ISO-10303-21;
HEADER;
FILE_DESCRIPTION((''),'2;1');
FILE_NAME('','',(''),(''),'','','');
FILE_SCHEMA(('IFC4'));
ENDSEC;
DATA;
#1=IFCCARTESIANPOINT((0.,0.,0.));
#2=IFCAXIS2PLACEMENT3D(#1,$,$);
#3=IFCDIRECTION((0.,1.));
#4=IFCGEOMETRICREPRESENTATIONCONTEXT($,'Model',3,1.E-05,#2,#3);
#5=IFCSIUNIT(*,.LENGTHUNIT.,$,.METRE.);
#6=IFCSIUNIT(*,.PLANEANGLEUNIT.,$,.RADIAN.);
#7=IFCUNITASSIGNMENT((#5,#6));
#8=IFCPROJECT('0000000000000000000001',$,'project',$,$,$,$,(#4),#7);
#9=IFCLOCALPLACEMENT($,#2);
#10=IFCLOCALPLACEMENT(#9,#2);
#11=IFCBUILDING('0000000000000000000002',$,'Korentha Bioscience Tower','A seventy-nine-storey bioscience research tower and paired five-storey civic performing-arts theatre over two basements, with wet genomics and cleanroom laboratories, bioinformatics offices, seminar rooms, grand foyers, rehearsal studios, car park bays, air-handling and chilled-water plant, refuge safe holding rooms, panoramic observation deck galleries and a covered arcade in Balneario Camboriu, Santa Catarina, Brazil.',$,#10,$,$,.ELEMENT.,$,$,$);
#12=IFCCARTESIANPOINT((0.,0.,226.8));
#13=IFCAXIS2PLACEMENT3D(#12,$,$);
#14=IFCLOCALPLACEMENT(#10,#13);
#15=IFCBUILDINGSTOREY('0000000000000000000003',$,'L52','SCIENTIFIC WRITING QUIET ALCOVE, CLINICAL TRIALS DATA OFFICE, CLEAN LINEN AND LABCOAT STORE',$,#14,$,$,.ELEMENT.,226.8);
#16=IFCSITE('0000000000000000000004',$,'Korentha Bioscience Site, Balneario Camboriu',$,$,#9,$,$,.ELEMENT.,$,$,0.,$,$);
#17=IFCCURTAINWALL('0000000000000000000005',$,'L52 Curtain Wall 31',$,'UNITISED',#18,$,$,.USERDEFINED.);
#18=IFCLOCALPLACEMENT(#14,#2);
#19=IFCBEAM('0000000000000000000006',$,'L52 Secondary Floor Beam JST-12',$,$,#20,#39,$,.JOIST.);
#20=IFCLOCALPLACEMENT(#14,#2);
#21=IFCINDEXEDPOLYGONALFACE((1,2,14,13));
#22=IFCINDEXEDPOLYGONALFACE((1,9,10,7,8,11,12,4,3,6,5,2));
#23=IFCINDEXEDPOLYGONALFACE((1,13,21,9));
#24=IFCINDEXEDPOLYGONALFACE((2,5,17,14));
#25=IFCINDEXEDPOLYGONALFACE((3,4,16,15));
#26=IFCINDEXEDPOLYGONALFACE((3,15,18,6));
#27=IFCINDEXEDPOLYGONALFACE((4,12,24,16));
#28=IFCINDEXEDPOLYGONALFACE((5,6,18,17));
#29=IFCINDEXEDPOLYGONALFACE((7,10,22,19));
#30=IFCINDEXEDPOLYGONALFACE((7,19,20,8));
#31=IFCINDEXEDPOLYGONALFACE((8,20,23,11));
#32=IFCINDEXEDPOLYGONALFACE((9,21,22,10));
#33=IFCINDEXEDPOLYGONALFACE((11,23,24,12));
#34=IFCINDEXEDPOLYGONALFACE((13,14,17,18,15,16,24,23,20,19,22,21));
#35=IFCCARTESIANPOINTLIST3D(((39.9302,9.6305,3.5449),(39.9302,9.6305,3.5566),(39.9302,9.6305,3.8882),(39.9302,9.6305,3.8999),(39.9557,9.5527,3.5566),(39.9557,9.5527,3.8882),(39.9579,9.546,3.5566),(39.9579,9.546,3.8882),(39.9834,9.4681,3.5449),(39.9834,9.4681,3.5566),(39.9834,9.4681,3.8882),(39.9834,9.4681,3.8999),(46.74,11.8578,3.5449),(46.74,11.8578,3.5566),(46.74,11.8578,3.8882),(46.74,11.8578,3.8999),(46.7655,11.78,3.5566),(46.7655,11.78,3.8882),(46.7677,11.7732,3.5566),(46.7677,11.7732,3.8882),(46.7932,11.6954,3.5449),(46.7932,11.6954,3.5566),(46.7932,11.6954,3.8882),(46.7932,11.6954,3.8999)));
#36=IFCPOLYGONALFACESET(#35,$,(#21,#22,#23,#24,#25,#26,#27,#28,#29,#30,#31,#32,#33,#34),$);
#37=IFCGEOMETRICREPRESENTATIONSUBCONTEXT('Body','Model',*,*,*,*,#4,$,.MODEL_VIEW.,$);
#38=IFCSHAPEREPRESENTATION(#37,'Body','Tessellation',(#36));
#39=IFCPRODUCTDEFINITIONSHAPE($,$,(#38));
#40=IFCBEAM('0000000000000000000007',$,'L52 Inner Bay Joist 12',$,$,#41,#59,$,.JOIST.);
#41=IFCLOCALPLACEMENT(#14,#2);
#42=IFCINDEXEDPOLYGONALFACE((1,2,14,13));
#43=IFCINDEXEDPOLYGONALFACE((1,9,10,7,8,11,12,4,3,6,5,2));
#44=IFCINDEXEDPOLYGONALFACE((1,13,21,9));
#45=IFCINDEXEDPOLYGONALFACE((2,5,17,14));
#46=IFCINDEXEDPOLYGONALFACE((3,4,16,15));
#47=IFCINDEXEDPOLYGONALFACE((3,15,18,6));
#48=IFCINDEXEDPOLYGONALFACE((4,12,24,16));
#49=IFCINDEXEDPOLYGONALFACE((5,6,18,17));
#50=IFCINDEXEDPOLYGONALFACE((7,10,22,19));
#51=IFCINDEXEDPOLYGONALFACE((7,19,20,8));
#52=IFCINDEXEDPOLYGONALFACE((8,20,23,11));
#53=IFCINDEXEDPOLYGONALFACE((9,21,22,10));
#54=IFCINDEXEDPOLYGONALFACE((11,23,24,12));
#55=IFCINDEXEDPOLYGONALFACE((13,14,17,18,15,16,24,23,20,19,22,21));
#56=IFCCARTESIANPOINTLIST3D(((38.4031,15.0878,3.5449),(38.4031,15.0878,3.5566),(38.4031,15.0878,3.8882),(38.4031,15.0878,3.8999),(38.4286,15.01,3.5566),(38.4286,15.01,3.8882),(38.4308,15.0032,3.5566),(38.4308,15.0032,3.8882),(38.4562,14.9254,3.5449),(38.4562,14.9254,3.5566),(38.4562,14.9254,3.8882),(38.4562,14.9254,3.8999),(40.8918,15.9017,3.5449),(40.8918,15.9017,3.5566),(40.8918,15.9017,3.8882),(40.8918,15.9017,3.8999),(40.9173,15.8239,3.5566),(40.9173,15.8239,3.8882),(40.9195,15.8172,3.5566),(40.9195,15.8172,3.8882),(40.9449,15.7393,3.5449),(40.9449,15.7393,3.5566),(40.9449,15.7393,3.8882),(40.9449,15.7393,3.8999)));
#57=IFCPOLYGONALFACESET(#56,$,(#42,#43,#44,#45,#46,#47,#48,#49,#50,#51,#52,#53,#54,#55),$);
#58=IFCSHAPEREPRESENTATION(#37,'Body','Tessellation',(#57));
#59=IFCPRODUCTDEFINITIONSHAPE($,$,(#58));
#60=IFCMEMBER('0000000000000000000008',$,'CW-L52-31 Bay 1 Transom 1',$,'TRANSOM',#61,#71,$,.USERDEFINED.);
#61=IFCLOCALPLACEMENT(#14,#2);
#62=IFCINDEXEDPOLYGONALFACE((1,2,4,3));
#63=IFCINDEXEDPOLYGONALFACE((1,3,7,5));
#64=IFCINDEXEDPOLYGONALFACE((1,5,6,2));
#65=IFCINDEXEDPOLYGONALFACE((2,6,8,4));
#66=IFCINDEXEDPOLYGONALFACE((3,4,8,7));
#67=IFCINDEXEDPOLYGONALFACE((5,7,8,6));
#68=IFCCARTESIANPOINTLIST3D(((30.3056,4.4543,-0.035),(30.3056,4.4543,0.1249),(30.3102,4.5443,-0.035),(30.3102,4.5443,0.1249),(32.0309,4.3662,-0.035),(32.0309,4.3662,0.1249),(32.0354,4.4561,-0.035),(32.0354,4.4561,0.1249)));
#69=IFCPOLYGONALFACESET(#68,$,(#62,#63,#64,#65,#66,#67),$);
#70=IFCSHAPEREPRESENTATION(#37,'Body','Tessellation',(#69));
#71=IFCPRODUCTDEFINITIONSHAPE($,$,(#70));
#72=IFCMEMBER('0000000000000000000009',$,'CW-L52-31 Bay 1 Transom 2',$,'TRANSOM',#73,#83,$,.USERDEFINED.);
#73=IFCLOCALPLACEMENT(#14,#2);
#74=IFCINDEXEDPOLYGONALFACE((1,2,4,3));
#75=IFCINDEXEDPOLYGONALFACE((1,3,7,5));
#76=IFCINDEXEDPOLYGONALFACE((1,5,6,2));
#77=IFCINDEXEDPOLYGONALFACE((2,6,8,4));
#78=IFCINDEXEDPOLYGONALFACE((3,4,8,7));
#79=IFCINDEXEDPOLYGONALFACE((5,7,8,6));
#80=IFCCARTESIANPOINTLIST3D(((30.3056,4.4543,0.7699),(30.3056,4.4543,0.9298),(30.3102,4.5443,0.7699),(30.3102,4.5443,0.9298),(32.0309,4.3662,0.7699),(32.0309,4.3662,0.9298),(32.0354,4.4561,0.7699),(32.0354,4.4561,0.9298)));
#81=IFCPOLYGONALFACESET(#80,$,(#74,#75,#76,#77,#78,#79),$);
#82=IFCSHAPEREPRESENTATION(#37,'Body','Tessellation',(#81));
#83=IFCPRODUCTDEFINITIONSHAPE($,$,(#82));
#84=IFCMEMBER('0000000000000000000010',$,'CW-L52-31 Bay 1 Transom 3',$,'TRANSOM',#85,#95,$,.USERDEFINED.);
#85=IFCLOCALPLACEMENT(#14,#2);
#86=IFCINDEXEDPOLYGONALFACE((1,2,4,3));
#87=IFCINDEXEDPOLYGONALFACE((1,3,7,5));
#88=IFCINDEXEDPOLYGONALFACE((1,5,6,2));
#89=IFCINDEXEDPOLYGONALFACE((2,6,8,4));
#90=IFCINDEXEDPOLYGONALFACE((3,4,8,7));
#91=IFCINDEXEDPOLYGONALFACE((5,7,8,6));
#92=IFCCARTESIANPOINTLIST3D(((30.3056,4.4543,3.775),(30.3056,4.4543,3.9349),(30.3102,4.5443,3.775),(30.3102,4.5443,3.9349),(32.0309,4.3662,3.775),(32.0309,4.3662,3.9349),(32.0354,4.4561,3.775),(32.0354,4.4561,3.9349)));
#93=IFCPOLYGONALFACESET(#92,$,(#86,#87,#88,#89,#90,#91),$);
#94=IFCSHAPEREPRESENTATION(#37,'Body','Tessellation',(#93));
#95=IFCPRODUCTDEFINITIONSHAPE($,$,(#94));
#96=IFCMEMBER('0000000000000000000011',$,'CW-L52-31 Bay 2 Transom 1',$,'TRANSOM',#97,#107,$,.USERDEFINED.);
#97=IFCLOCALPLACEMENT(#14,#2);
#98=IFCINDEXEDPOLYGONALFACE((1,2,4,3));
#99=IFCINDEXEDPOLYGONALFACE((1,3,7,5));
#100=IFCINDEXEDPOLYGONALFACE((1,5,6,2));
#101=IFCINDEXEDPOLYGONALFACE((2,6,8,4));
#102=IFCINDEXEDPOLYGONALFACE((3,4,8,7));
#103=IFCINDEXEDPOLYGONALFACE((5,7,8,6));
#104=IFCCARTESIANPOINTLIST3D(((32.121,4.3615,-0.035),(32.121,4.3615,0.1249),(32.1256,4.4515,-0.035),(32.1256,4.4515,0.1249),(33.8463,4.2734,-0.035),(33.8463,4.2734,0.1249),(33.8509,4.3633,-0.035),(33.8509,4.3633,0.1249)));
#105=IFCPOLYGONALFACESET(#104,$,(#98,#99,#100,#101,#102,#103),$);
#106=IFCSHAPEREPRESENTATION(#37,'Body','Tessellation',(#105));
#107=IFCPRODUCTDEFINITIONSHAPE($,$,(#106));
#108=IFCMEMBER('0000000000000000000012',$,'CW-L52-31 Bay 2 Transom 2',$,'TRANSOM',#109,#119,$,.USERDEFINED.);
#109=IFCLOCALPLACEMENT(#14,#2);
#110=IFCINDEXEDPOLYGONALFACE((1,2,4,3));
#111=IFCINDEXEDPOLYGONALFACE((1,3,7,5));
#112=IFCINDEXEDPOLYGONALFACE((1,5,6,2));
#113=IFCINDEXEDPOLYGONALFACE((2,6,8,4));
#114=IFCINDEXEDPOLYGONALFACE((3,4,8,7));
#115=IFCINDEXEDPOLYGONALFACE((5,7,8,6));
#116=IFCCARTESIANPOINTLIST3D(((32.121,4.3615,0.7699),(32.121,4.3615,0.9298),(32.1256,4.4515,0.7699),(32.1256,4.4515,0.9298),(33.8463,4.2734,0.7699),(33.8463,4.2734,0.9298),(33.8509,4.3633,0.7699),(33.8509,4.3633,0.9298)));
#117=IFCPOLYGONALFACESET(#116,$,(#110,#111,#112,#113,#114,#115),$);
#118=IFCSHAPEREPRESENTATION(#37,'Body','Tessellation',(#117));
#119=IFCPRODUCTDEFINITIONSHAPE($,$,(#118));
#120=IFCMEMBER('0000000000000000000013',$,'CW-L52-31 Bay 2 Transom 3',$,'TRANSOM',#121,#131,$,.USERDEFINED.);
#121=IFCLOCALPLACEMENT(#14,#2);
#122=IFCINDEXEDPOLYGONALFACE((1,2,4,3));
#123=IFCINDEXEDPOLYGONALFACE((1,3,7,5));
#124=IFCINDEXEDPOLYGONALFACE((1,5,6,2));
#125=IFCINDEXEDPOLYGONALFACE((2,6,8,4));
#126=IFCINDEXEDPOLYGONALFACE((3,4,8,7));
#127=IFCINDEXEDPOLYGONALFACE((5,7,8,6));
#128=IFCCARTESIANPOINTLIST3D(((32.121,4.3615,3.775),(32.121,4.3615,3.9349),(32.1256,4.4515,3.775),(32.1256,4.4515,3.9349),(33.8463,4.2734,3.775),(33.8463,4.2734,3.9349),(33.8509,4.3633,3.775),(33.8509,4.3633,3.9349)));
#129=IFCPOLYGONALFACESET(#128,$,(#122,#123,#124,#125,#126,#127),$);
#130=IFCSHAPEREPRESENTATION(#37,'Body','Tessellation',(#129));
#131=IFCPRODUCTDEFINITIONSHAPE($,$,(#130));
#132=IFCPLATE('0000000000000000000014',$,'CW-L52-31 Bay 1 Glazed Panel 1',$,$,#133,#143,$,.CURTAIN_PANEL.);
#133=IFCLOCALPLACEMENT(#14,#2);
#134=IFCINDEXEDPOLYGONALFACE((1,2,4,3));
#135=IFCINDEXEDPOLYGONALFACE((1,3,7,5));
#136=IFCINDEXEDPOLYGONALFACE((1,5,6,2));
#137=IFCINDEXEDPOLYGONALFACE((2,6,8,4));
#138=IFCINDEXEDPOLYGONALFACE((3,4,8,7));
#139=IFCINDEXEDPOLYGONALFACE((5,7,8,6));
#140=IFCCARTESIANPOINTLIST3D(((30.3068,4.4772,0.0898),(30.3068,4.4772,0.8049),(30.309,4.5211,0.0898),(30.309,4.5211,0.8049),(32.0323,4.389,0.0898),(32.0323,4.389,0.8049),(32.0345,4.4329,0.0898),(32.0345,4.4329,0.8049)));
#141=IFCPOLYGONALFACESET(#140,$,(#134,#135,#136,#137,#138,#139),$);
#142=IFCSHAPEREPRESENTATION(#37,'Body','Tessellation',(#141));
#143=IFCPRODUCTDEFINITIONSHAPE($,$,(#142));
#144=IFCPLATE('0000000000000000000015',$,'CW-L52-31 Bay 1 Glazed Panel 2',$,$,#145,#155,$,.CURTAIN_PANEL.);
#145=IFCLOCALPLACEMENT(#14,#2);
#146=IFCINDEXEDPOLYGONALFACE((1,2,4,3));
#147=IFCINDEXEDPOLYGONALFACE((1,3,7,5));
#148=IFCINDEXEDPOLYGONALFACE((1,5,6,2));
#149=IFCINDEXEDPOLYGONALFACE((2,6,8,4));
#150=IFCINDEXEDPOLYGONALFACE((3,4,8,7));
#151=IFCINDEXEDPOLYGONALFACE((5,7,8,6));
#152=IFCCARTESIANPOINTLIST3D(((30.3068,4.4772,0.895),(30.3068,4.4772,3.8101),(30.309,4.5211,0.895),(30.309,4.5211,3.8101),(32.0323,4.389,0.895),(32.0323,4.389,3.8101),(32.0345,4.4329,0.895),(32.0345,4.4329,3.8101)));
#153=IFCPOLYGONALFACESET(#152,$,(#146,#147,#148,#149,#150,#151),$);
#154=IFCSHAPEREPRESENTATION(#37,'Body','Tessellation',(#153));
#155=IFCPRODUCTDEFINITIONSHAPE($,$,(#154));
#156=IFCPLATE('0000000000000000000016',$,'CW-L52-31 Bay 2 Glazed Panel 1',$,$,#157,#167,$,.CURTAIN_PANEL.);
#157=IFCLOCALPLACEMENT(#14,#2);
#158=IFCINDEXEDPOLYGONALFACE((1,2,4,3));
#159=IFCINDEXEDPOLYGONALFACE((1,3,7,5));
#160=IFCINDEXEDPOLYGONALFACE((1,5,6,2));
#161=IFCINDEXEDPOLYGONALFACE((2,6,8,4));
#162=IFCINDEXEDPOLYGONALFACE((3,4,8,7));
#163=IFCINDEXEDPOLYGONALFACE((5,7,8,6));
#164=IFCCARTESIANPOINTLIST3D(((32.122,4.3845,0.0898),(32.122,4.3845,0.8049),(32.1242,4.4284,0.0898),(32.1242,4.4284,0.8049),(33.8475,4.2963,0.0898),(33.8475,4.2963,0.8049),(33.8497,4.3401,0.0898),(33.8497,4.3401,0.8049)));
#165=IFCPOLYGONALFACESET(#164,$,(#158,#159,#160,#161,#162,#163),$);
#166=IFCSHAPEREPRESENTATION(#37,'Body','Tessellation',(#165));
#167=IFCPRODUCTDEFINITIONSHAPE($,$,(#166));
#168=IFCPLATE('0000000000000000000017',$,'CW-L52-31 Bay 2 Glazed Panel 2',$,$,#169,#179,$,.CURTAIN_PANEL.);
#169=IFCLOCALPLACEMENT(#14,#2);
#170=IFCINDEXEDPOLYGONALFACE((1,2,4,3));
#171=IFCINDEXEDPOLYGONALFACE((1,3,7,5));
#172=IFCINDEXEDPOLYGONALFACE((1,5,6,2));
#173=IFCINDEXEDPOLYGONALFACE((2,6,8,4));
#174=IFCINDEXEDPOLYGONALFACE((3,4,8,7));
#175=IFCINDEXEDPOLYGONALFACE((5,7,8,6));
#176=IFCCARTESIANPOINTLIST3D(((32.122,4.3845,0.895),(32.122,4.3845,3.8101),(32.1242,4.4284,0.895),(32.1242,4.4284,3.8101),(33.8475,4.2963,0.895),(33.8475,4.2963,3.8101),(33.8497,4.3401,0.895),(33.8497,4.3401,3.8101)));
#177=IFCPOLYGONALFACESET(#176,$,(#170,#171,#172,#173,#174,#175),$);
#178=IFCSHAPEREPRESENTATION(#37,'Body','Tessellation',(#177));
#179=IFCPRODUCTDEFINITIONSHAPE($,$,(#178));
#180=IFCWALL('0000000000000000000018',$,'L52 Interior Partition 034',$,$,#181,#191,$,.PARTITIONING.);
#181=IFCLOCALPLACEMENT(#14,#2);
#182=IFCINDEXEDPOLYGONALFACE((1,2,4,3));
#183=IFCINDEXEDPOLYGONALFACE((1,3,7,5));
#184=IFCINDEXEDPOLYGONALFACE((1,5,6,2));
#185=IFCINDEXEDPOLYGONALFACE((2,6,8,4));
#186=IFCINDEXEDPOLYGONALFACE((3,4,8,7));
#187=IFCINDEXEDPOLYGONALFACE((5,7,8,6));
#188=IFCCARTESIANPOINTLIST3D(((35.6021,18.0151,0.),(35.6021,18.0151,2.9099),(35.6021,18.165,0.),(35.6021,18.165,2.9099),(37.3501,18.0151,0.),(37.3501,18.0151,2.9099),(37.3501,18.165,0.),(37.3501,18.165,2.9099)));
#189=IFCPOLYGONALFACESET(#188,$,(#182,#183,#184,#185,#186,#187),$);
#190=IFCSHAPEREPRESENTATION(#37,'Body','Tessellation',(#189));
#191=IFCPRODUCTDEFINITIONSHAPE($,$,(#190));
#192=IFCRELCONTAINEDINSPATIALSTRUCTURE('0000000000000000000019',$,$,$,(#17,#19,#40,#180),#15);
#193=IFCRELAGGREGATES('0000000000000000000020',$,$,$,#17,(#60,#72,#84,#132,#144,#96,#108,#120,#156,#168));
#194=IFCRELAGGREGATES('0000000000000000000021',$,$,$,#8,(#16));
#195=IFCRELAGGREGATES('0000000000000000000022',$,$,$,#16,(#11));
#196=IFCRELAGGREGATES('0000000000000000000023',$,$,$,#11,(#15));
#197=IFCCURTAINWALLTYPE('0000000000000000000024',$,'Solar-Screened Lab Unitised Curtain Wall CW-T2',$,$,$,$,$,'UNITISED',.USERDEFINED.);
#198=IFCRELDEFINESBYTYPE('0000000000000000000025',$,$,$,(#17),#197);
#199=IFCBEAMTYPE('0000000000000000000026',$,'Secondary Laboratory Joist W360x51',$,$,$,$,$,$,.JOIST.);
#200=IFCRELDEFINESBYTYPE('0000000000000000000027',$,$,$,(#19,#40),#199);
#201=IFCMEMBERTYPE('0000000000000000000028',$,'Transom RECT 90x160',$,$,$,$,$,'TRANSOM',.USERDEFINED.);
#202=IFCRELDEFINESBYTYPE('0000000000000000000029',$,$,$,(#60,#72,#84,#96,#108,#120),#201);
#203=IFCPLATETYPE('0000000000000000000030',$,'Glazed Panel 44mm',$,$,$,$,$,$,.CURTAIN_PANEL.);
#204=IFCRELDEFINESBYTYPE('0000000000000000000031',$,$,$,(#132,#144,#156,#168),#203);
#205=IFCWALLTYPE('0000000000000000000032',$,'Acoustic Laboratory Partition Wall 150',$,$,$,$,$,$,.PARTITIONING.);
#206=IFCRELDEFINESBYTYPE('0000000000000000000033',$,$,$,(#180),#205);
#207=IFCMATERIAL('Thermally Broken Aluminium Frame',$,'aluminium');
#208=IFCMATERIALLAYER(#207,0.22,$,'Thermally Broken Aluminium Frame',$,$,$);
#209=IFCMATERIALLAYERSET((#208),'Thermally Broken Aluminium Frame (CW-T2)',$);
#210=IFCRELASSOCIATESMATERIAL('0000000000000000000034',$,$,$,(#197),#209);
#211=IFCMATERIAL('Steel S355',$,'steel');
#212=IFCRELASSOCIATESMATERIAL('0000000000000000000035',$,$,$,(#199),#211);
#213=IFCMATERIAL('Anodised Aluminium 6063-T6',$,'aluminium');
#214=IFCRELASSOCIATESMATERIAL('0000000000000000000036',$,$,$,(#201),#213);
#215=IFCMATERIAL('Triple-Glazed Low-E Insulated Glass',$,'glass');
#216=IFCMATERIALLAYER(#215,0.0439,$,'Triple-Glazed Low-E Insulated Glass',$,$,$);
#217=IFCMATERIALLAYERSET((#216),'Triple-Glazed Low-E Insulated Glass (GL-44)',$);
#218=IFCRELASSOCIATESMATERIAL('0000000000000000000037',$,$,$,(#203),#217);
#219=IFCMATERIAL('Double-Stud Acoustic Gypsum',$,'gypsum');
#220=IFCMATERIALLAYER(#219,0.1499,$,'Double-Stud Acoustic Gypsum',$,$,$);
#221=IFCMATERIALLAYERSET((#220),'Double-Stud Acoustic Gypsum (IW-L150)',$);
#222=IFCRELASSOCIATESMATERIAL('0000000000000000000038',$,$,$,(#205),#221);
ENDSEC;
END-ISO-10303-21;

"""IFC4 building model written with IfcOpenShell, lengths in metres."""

from ifc_helpers import new_model, si_unit, direction, frame, frame_2d, origin, origin_2d, place, context, subcontext, project, spatial, rectangle, i_section, extrude, material, layer, layer_set, material_profile, profile_set, type_object, element, aggregate, save


model = new_model("IFC4")

# Units and contexts
model_context = context("Model", 3, precision=1e-05, world=origin(), true_north=direction((0.0, 1.0)))
body_context = subcontext(model_context, "Body", "Model", "MODEL_VIEW")
ifc_project = project(units=[si_unit("LENGTHUNIT", "METRE"), si_unit("PLANEANGLEUNIT", "RADIAN")], contexts=[model_context])

# Site, building, storey
site_placement = place(None, origin())
site = spatial("IfcSite", under=ifc_project, at=site_placement, Name="Korentha Bioscience Site, Balneario Camboriu", CompositionType="ELEMENT", RefElevation=0.0)
building_placement = place(site_placement, origin())
building = spatial("IfcBuilding", under=site, at=building_placement, Name="Korentha Bioscience Tower", Description="A seventy-nine-storey bioscience research tower and paired five-storey civic performing-arts theatre over two basements, with wet genomics and cleanroom laboratories, bioinformatics offices, seminar rooms, grand foyers, rehearsal studios, car park bays, air-handling and chilled-water plant, refuge safe holding rooms, panoramic observation deck galleries and a covered arcade in Balneario Camboriu, Santa Catarina, Brazil.", CompositionType="ELEMENT")
storey_placement = place(building_placement, frame((0.0, 0.0, 226.8)))
storey = spatial("IfcBuildingStorey", under=building, at=storey_placement, Name="L52", Description="SCIENTIFIC WRITING QUIET ALCOVE, CLINICAL TRIALS DATA OFFICE, CLEAN LINEN AND LABCOAT STORE", CompositionType="ELEMENT", Elevation=226.8)

# Shared definitions
ifc_material_1 = material(Name="Steel S355", Category="steel")

# Curtain wall
ifc_material_2 = material(Name="Thermally Broken Aluminium Frame", Category="aluminium")
ifc_layer_1 = layer(ifc_material_2, 0.22, Name="Thermally Broken Aluminium Frame")
ifc_layer_set_1 = layer_set([ifc_layer_1], Name="Thermally Broken Aluminium Frame (CW-T2)")
curtain_wall_type = type_object("IfcCurtainWallType", Name="Solar-Screened Lab Unitised Curtain Wall CW-T2", ElementType="UNITISED", PredefinedType="USERDEFINED", material=ifc_layer_set_1)
curtain_wall_placement = place(storey_placement, origin())
curtain_wall = element("IfcCurtainWall", 1, at=curtain_wall_placement, inside=storey, type_object=curtain_wall_type, Name="L52 Curtain Wall 31", ObjectType="UNITISED", PredefinedType="USERDEFINED")
ifc_material_3 = material(Name="Anodised Aluminium 6063-T6", Category="aluminium")

# Beams
ifc_material_profile_1 = material_profile(ifc_material_1, i_section(OverallWidth=0.1709, OverallDepth=0.355, WebThickness=0.0071, FlangeThickness=0.0117, at=origin_2d()), Name="Steel S355")
ifc_profile_set_1 = profile_set([ifc_material_profile_1], Name="Steel S355 (JB-360)")
beam_type_1 = type_object("IfcBeamType", Name="Secondary Laboratory Joist W360x51", PredefinedType="JOIST", material=ifc_profile_set_1)
beam_1_placement = place(storey_placement, frame((39.9568, 9.5493, 3.7224), z_axis=(0.950454, 0.310866, 0.0), x_axis=(-0.310866, 0.950454, 0.0)))
element("IfcBeam", 2, at=beam_1_placement, inside=storey, type_object=beam_type_1, Name="L52 Secondary Floor Beam JST-12", PredefinedType="JOIST", context=body_context, shape_type="SweptSolid", body=[
    extrude(i_section(OverallWidth=0.1709, OverallDepth=0.355, WebThickness=0.0071, FlangeThickness=0.0117, at=origin_2d()), origin(), (0.0, 0.0, 1.0), 7.1648),
])
beam_2_placement = place(storey_placement, frame((38.4297, 15.0066, 3.7224), z_axis=(0.950458, 0.310852, 0.0), x_axis=(-0.310852, 0.950458, 0.0)))
element("IfcBeam", 3, at=beam_2_placement, inside=storey, type_object=beam_type_1, Name="L52 Inner Bay Joist 12", PredefinedType="JOIST", context=body_context, shape_type="SweptSolid", body=[
    extrude(i_section(OverallWidth=0.1709, OverallDepth=0.355, WebThickness=0.0071, FlangeThickness=0.0117, at=origin_2d()), origin(), (0.0, 0.0, 1.0), 2.6184),
])

# Members
ifc_material_profile_2 = material_profile(ifc_material_3, rectangle(XDim=0.0901, YDim=0.1599, at=origin_2d()), Name="Anodised Aluminium 6063-T6")
ifc_profile_set_2 = profile_set([ifc_material_profile_2], Name="Anodised Aluminium 6063-T6 (CW-TRN)")
member_type_1 = type_object("IfcMemberType", Name="Transom RECT 90x160", ElementType="TRANSOM", PredefinedType="USERDEFINED", material=ifc_profile_set_2)
member_1_placement = place(storey_placement, frame((30.3079, 4.4993, 0.0449), z_axis=(0.998698, -0.051016, 0.0), x_axis=(0.051016, 0.998698, 0.0)))
member_1 = element("IfcMember", 4, at=member_1_placement, type_object=member_type_1, Name="CW-L52-31 Bay 1 Transom 1", ObjectType="TRANSOM", PredefinedType="USERDEFINED", context=body_context, shape_type="SweptSolid", body=[
    extrude(rectangle(XDim=0.0901, YDim=0.1599, at=origin_2d()), origin(), (0.0, 0.0, 1.0), 1.7275),
])
member_2_placement = place(storey_placement, frame((30.3079, 4.4993, 0.8499), z_axis=(0.998698, -0.051016, 0.0), x_axis=(0.051016, 0.998698, 0.0)))
member_2 = element("IfcMember", 5, at=member_2_placement, type_object=member_type_1, Name="CW-L52-31 Bay 1 Transom 2", ObjectType="TRANSOM", PredefinedType="USERDEFINED", context=body_context, shape_type="SweptSolid", body=[
    extrude(rectangle(XDim=0.0901, YDim=0.1599, at=origin_2d()), origin(), (0.0, 0.0, 1.0), 1.7275),
])
member_3_placement = place(storey_placement, frame((30.3079, 4.4993, 3.855), z_axis=(0.998698, -0.051016, 0.0), x_axis=(0.051016, 0.998698, 0.0)))
member_3 = element("IfcMember", 6, at=member_3_placement, type_object=member_type_1, Name="CW-L52-31 Bay 1 Transom 3", ObjectType="TRANSOM", PredefinedType="USERDEFINED", context=body_context, shape_type="SweptSolid", body=[
    extrude(rectangle(XDim=0.0901, YDim=0.1599, at=origin_2d()), origin(), (0.0, 0.0, 1.0), 1.7275),
])
member_4_placement = place(storey_placement, frame((32.1233, 4.4065, 0.0449), z_axis=(0.998698, -0.051016, 0.0), x_axis=(0.051016, 0.998698, 0.0)))
member_4 = element("IfcMember", 7, at=member_4_placement, type_object=member_type_1, Name="CW-L52-31 Bay 2 Transom 1", ObjectType="TRANSOM", PredefinedType="USERDEFINED", context=body_context, shape_type="SweptSolid", body=[
    extrude(rectangle(XDim=0.0901, YDim=0.1599, at=origin_2d()), origin(), (0.0, 0.0, 1.0), 1.7275),
])
member_5_placement = place(storey_placement, frame((32.1233, 4.4065, 0.8499), z_axis=(0.998698, -0.051016, 0.0), x_axis=(0.051016, 0.998698, 0.0)))
member_5 = element("IfcMember", 8, at=member_5_placement, type_object=member_type_1, Name="CW-L52-31 Bay 2 Transom 2", ObjectType="TRANSOM", PredefinedType="USERDEFINED", context=body_context, shape_type="SweptSolid", body=[
    extrude(rectangle(XDim=0.0901, YDim=0.1599, at=origin_2d()), origin(), (0.0, 0.0, 1.0), 1.7275),
])
member_6_placement = place(storey_placement, frame((32.1233, 4.4065, 3.855), z_axis=(0.998698, -0.051016, 0.0), x_axis=(0.051016, 0.998698, 0.0)))
member_6 = element("IfcMember", 9, at=member_6_placement, type_object=member_type_1, Name="CW-L52-31 Bay 2 Transom 3", ObjectType="TRANSOM", PredefinedType="USERDEFINED", context=body_context, shape_type="SweptSolid", body=[
    extrude(rectangle(XDim=0.0901, YDim=0.1599, at=origin_2d()), origin(), (0.0, 0.0, 1.0), 1.7275),
])

# Plates
ifc_material_4 = material(Name="Triple-Glazed Low-E Insulated Glass", Category="glass")
ifc_layer_2 = layer(ifc_material_4, 0.0439, Name="Triple-Glazed Low-E Insulated Glass")
ifc_layer_set_2 = layer_set([ifc_layer_2], Name="Triple-Glazed Low-E Insulated Glass (GL-44)")
plate_type = type_object("IfcPlateType", Name="Glazed Panel 44mm", PredefinedType="CURTAIN_PANEL", material=ifc_layer_set_2)
plate_1_placement = place(storey_placement, frame((31.1707, 4.4551, 0.0898), z_axis=(0.0, 0.0, 1.0), x_axis=(0.998696, -0.051055, 0.0)))
plate_1 = element("IfcPlate", 10, at=plate_1_placement, type_object=plate_type, Name="CW-L52-31 Bay 1 Glazed Panel 1", PredefinedType="CURTAIN_PANEL", context=body_context, shape_type="SweptSolid", body=[
    extrude(rectangle(XDim=1.7278, YDim=0.0439, at=origin_2d()), origin(), (0.0, 0.0, 1.0), 0.7151),
])
plate_2_placement = place(storey_placement, frame((31.1707, 4.4551, 0.895), z_axis=(0.0, 0.0, 1.0), x_axis=(0.998696, -0.051055, 0.0)))
plate_2 = element("IfcPlate", 11, at=plate_2_placement, type_object=plate_type, Name="CW-L52-31 Bay 1 Glazed Panel 2", PredefinedType="CURTAIN_PANEL", context=body_context, shape_type="SweptSolid", body=[
    extrude(rectangle(XDim=1.7278, YDim=0.0439, at=origin_2d()), origin(), (0.0, 0.0, 1.0), 2.915),
])
plate_3_placement = place(storey_placement, frame((32.9858, 4.3623, 0.0898), z_axis=(0.0, 0.0, 1.0), x_axis=(0.998696, -0.051055, 0.0)))
plate_3 = element("IfcPlate", 12, at=plate_3_placement, type_object=plate_type, Name="CW-L52-31 Bay 2 Glazed Panel 1", PredefinedType="CURTAIN_PANEL", context=body_context, shape_type="SweptSolid", body=[
    extrude(rectangle(XDim=1.7278, YDim=0.0439, at=origin_2d()), origin(), (0.0, 0.0, 1.0), 0.7151),
])
plate_4_placement = place(storey_placement, frame((32.9858, 4.3623, 0.895), z_axis=(0.0, 0.0, 1.0), x_axis=(0.998696, -0.051055, 0.0)))
plate_4 = element("IfcPlate", 13, at=plate_4_placement, type_object=plate_type, Name="CW-L52-31 Bay 2 Glazed Panel 2", PredefinedType="CURTAIN_PANEL", context=body_context, shape_type="SweptSolid", body=[
    extrude(rectangle(XDim=1.7278, YDim=0.0439, at=origin_2d()), origin(), (0.0, 0.0, 1.0), 2.915),
])
aggregate(curtain_wall, [member_1, member_2, member_3, plate_1, plate_2, member_4, member_5, member_6, plate_3, plate_4])

# Wall
ifc_material_5 = material(Name="Double-Stud Acoustic Gypsum", Category="gypsum")
ifc_layer_3 = layer(ifc_material_5, 0.1499, Name="Double-Stud Acoustic Gypsum")
ifc_layer_set_3 = layer_set([ifc_layer_3], Name="Double-Stud Acoustic Gypsum (IW-L150)")
wall_type_1 = type_object("IfcWallType", Name="Acoustic Laboratory Partition Wall 150", PredefinedType="PARTITIONING", material=ifc_layer_set_3)
wall_1_placement = place(storey_placement, frame((35.6021, 18.0901, 0.0), z_axis=(0.0, 0.0, 1.0), x_axis=(1.0, 0.0, 0.0)))
element("IfcWall", 14, at=wall_1_placement, inside=storey, type_object=wall_type_1, Name="L52 Interior Partition 034", PredefinedType="PARTITIONING", context=body_context, shape_type="SweptSolid", body=[
    extrude(rectangle(XDim=1.748, YDim=0.1499, at=frame_2d((0.874, 0.0))), origin(), (0.0, 0.0, 1.0), 2.9099),
])

save(model, "model.ifc")
